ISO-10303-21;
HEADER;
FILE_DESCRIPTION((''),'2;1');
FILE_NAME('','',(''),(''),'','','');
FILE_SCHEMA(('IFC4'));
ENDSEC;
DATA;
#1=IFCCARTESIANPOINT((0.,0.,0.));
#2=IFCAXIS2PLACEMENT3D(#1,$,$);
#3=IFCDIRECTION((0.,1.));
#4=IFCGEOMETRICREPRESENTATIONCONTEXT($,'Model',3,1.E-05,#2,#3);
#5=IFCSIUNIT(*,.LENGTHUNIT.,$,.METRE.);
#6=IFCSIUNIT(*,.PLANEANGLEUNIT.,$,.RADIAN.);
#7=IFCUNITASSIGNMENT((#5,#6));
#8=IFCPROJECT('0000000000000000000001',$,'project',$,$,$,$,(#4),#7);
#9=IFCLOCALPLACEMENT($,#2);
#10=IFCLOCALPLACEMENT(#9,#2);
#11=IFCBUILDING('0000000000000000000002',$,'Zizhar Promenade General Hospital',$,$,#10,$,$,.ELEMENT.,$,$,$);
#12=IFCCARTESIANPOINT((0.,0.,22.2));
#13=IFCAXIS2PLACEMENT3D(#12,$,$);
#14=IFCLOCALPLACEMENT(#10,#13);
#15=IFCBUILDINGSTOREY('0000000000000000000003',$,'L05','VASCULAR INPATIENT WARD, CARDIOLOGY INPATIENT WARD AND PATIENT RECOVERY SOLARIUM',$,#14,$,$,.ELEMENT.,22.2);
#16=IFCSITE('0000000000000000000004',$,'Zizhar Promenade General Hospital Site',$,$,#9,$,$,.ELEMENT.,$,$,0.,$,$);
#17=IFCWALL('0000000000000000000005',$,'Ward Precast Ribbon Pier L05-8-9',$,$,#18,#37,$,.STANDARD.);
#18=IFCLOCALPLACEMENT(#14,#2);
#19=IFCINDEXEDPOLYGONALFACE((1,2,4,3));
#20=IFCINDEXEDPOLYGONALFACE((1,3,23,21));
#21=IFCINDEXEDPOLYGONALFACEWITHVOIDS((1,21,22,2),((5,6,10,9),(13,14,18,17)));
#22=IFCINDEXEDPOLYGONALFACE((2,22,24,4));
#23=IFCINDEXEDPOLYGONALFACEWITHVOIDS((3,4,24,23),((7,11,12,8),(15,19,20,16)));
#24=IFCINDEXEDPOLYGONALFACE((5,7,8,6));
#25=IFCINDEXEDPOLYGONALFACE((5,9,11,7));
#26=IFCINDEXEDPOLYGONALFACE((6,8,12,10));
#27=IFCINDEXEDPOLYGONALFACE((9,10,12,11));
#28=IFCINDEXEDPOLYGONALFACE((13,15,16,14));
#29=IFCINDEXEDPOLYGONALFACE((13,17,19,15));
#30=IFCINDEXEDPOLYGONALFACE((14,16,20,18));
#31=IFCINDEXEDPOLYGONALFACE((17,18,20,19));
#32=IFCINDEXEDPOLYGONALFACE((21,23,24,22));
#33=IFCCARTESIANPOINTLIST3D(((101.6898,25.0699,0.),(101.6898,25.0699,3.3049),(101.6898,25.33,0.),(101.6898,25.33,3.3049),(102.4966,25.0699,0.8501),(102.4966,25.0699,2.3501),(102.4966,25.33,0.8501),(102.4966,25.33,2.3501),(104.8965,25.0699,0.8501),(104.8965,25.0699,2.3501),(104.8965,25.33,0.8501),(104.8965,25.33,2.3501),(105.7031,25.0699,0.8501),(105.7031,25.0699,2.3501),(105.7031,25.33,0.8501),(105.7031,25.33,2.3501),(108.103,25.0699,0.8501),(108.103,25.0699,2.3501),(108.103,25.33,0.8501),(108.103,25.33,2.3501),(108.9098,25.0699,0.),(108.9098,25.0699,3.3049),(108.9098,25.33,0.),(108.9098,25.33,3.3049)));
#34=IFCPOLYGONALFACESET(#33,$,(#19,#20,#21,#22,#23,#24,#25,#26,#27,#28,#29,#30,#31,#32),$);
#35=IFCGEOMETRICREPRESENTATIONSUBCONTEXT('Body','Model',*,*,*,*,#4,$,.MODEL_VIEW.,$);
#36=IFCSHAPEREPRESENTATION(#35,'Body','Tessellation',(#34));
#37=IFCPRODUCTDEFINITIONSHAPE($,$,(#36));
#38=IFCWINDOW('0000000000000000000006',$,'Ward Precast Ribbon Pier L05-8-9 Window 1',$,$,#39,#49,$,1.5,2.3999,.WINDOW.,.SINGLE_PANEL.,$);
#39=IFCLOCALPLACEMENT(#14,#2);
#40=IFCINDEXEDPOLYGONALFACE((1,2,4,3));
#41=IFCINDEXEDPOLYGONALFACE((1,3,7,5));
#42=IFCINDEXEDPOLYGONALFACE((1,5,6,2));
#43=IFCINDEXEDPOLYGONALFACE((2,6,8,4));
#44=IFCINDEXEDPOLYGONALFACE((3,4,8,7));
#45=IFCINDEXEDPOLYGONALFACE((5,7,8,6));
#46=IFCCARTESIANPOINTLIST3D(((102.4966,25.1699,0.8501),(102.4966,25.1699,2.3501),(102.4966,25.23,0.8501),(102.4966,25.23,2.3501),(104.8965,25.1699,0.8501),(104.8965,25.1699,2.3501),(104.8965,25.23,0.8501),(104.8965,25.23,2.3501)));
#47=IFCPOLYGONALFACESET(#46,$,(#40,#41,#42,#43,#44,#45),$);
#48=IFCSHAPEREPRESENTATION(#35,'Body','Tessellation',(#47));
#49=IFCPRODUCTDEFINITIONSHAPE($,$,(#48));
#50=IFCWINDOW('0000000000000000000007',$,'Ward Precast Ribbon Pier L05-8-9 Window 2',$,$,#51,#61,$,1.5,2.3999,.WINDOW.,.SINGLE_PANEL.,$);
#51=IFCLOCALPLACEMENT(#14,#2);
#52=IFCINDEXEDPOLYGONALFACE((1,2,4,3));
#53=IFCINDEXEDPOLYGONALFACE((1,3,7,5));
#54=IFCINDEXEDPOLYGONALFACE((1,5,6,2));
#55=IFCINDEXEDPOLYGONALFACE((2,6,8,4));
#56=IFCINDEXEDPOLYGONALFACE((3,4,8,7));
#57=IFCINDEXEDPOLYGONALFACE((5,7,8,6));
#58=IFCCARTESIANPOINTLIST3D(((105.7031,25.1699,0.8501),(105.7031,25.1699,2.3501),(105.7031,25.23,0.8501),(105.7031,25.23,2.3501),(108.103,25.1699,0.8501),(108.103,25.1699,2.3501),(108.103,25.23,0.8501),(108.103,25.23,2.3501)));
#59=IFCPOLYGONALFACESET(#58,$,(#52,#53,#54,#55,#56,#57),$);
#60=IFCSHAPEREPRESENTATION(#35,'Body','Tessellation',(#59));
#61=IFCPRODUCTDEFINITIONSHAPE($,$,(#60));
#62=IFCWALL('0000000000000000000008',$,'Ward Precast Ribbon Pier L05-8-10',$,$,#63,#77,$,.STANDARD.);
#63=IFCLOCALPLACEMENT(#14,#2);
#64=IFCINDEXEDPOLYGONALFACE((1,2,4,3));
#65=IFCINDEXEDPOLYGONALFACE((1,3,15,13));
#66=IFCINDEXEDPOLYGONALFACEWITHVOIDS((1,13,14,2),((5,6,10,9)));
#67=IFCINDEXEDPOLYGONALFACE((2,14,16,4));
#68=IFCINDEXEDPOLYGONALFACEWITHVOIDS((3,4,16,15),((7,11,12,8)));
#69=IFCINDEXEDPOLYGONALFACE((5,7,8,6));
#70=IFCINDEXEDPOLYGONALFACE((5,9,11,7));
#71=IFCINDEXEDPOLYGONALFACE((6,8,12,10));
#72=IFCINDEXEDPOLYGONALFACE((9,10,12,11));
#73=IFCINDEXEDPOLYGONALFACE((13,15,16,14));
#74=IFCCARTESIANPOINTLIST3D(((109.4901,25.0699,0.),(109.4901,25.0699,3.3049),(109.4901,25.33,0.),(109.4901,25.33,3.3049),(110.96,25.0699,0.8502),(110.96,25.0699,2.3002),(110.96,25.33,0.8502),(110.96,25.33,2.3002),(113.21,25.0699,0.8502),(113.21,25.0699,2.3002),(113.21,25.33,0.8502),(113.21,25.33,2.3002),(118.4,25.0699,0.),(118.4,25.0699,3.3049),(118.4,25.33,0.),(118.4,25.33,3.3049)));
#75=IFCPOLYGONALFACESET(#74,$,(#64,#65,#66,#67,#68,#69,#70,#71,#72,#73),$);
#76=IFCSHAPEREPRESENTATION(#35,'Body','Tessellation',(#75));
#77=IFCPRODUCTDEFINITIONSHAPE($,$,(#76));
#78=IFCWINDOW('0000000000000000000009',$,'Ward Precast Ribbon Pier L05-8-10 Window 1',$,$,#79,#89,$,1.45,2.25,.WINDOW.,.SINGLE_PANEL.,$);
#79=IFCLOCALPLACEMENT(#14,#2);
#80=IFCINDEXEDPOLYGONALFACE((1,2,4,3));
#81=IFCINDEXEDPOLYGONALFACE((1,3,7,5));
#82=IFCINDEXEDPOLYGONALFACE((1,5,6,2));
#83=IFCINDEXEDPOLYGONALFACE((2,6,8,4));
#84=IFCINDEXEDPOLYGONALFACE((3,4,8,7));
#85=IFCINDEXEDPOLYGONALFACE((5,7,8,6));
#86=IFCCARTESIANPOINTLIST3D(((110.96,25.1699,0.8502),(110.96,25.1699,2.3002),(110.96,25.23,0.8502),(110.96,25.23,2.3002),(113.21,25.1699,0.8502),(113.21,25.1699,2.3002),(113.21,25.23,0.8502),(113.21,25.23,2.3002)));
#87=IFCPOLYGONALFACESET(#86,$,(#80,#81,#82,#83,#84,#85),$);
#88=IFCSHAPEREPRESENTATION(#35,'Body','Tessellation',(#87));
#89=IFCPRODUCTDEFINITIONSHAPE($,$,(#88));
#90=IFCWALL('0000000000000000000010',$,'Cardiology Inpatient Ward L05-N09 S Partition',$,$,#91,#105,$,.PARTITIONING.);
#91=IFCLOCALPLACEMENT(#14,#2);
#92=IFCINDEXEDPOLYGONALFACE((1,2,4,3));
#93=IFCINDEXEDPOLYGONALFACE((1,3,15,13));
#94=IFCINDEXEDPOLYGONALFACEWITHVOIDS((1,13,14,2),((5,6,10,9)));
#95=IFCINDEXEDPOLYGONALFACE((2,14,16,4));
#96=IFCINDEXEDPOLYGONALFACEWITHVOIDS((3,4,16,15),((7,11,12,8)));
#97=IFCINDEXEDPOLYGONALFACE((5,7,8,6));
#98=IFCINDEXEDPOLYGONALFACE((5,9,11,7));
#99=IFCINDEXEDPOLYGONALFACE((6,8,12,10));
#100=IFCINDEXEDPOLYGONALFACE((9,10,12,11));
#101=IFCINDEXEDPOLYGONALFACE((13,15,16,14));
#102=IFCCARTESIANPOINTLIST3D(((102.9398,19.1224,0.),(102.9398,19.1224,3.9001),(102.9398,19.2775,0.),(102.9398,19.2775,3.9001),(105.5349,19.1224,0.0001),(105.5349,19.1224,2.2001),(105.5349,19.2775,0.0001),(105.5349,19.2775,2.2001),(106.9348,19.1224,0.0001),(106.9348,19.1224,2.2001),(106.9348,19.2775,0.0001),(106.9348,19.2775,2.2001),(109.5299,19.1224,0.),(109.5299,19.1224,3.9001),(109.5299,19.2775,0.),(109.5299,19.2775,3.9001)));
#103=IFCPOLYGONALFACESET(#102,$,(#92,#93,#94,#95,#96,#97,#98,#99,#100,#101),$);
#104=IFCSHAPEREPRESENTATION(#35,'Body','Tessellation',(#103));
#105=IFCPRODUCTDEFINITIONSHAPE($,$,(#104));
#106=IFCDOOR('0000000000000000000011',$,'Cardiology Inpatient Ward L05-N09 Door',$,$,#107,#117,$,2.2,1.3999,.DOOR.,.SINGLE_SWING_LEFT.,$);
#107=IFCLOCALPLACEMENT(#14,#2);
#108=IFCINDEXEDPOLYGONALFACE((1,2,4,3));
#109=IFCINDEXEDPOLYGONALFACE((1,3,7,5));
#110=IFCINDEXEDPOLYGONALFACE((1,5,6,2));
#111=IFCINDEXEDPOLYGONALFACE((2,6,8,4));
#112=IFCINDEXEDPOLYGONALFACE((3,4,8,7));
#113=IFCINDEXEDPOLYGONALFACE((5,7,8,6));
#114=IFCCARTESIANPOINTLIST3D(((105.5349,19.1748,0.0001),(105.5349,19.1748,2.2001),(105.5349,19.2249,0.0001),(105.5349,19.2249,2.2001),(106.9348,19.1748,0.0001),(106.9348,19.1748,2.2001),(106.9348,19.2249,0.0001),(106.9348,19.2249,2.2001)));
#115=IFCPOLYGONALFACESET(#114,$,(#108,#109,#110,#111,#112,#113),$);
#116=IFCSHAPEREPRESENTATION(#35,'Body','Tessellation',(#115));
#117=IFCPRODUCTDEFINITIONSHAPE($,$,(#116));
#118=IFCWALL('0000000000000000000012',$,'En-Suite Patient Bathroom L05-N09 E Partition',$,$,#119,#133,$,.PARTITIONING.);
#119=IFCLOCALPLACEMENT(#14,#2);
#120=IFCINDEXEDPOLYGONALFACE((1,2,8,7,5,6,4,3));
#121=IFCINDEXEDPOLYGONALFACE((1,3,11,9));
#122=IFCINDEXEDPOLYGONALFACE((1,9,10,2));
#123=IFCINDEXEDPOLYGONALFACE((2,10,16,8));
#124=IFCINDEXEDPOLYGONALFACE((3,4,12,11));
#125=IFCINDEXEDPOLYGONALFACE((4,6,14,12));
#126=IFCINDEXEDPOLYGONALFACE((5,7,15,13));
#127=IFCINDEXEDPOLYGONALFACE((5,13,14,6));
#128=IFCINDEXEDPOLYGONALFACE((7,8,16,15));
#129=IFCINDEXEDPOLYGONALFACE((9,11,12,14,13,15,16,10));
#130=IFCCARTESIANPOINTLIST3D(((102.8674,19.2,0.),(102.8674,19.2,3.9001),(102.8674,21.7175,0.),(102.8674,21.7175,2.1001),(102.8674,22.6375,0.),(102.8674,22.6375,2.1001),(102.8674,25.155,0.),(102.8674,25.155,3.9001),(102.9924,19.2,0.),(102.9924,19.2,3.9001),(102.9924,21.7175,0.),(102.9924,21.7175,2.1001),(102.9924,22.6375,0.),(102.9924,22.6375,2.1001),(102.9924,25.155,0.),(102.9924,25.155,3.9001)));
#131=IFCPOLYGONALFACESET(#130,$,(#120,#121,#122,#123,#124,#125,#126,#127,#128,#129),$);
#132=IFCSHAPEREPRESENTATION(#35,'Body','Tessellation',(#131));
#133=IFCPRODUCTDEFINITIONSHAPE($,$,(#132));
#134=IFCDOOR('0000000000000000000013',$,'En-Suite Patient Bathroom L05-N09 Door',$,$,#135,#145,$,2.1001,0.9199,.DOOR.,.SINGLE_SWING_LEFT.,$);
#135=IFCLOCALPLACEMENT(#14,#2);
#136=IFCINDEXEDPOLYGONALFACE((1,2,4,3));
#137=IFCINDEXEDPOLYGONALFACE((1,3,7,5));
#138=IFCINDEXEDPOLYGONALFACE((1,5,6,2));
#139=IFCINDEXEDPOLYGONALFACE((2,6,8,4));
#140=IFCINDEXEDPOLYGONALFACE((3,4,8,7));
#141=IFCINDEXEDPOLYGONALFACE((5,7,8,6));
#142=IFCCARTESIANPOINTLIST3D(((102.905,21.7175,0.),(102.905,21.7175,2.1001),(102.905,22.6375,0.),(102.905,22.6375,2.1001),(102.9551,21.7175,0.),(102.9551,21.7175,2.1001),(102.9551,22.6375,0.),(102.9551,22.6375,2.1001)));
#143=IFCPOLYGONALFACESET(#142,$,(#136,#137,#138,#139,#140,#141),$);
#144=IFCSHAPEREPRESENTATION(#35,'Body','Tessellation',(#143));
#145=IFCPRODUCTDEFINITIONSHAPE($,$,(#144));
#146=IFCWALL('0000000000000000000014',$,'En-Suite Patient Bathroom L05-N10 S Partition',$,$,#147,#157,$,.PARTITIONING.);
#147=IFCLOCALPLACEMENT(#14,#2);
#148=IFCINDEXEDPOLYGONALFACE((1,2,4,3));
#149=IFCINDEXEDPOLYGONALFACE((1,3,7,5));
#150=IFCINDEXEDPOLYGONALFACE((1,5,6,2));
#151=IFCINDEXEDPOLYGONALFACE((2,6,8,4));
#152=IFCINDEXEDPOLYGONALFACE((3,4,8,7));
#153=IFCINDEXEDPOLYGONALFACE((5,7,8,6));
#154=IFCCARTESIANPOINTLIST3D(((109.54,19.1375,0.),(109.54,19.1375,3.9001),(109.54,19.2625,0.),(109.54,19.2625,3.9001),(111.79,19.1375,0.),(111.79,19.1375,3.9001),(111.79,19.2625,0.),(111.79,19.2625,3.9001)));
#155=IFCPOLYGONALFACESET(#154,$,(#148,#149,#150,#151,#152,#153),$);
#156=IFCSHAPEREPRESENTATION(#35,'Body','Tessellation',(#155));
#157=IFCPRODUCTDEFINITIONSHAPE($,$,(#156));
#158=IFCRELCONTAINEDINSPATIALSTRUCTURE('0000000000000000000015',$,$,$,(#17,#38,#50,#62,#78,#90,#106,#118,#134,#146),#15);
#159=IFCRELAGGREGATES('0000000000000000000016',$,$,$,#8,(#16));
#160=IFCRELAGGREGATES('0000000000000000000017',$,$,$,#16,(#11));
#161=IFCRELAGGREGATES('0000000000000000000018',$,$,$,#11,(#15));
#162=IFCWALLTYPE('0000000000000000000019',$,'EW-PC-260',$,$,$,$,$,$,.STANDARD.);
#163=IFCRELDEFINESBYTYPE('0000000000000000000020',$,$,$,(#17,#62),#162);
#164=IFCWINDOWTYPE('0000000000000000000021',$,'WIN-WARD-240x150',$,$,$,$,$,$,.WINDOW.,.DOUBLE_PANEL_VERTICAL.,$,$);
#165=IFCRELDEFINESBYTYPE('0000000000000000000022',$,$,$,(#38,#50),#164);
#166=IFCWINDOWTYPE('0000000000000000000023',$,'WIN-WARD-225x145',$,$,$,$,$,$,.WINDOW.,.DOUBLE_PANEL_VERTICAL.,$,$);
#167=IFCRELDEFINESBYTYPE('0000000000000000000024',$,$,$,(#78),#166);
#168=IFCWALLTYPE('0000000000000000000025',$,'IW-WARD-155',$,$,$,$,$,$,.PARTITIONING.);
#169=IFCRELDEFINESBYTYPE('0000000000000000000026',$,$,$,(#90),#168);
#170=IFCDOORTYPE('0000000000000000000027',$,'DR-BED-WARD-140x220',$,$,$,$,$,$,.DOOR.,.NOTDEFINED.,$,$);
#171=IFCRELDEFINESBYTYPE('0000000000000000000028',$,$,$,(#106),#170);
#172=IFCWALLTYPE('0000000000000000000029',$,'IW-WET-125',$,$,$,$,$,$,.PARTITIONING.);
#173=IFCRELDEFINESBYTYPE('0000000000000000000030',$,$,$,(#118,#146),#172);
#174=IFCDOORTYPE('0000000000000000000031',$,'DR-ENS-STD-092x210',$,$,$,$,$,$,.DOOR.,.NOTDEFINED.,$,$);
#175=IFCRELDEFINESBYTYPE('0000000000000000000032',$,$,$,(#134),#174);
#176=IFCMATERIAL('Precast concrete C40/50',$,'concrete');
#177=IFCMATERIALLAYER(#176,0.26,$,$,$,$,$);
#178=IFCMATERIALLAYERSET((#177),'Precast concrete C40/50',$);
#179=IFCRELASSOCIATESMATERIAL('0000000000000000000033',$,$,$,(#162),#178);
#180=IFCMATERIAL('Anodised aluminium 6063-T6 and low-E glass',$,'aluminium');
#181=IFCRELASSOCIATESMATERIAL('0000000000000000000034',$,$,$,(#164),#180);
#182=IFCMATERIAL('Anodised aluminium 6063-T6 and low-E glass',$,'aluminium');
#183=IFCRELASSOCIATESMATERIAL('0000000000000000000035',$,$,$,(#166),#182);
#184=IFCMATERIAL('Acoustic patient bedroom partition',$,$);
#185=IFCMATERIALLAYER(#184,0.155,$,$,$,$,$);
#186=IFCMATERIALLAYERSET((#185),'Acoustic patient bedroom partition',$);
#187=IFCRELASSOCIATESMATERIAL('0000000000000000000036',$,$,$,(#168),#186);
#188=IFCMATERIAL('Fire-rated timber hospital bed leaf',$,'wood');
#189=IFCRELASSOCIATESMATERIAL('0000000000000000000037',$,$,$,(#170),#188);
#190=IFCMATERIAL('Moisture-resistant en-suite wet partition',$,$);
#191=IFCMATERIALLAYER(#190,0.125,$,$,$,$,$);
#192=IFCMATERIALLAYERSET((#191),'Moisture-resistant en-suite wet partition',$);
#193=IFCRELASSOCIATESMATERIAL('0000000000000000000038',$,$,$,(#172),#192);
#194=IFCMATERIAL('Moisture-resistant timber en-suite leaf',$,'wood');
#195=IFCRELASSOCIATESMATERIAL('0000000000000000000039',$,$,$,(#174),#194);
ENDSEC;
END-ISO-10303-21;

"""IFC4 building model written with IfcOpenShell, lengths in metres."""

from ifc_helpers import new_model, si_unit, direction, frame, frame_2d, origin, place, context, subcontext, project, spatial, rectangle, extrude, material, layer, layer_set, type_object, element, fill, save


model = new_model("IFC4")

# Units and contexts
model_context = context("Model", 3, precision=1e-05, world=origin(), true_north=direction((0.0, 1.0)))
body_context = subcontext(model_context, "Body", "Model", "MODEL_VIEW")
ifc_project = project(units=[si_unit("LENGTHUNIT", "METRE"), si_unit("PLANEANGLEUNIT", "RADIAN")], contexts=[model_context])

# Site, building, storey
site_placement = place(None, origin())
site = spatial("IfcSite", under=ifc_project, at=site_placement, Name="Zizhar Promenade General Hospital Site", CompositionType="ELEMENT", RefElevation=0.0)
building_placement = place(site_placement, origin())
building = spatial("IfcBuilding", under=site, at=building_placement, Name="Zizhar Promenade General Hospital", CompositionType="ELEMENT")
storey_placement = place(building_placement, frame((0.0, 0.0, 22.2)))
storey = spatial("IfcBuildingStorey", under=building, at=storey_placement, Name="L05", Description="VASCULAR INPATIENT WARD, CARDIOLOGY INPATIENT WARD AND PATIENT RECOVERY SOLARIUM", CompositionType="ELEMENT", Elevation=22.2)

# Wall, openings, windows
ifc_material_1 = material(Name="Precast concrete C40/50", Category="concrete")
ifc_layer_1 = layer(ifc_material_1, 0.26)
ifc_layer_set_1 = layer_set([ifc_layer_1], Name="Precast concrete C40/50")
wall_type_1 = type_object("IfcWallType", Name="EW-PC-260", PredefinedType="STANDARD", material=ifc_layer_set_1)
wall_1_placement = place(storey_placement, frame((101.6899, 25.2, 0.0), z_axis=(0.0, 0.0, 1.0), x_axis=(1.0, 0.0, 0.0)))
wall_1 = element("IfcWall", 1, at=wall_1_placement, inside=storey, type_object=wall_type_1, Name="Ward Precast Ribbon Pier L05-8-9", PredefinedType="STANDARD", context=body_context, shape_type="SweptSolid", body=[
    extrude(rectangle(XDim=7.22, YDim=0.26, at=frame_2d((3.6099, 0.0))), origin(), (0.0, 0.0, 1.0), 3.3049),
])
opening_1_placement = place(wall_1_placement, frame((0.8066, 0.0, 0.8501)))
opening_1 = element("IfcOpeningElement", 2, at=opening_1_placement, cuts=wall_1, PredefinedType="OPENING", context=body_context, shape_type="SweptSolid", body=[
    extrude(rectangle(XDim=2.3999, YDim=1.5, at=frame_2d((1.2, 0.75))), frame((0.0, 0.1401, 0.0), z_axis=(0.0, -1.0, 0.0), x_axis=(1.0, 0.0, 0.0)), (0.0, 0.0, 1.0), 0.28),
])
opening_2_placement = place(wall_1_placement, frame((4.0132, 0.0, 0.8501)))
opening_2 = element("IfcOpeningElement", 3, at=opening_2_placement, cuts=wall_1, PredefinedType="OPENING", context=body_context, shape_type="SweptSolid", body=[
    extrude(rectangle(XDim=2.3999, YDim=1.5, at=frame_2d((1.2, 0.75))), frame((0.0, 0.1401, 0.0), z_axis=(0.0, -1.0, 0.0), x_axis=(1.0, 0.0, 0.0)), (0.0, 0.0, 1.0), 0.28),
])
ifc_material_2 = material(Name="Anodised aluminium 6063-T6 and low-E glass", Category="aluminium")
window_type_1 = type_object("IfcWindowType", Name="WIN-WARD-240x150", PartitioningType="DOUBLE_PANEL_VERTICAL", PredefinedType="WINDOW", material=ifc_material_2)
window_1_placement = place(opening_1_placement, origin())
window_1 = element("IfcWindow", 4, at=window_1_placement, inside=storey, type_object=window_type_1, Name="Ward Precast Ribbon Pier L05-8-9 Window 1", OverallHeight=1.5, OverallWidth=2.3999, PartitioningType="SINGLE_PANEL", PredefinedType="WINDOW", context=body_context, shape_type="SweptSolid", body=[
    extrude(rectangle(XDim=2.3999, YDim=1.5, at=frame_2d((1.2, 0.75))), frame((0.0, 0.03, 0.0), z_axis=(0.0, -1.0, 0.0), x_axis=(1.0, 0.0, 0.0)), (0.0, 0.0, 1.0), 0.0601),
])
fill(opening_1, window_1)
window_2_placement = place(opening_2_placement, origin())
window_2 = element("IfcWindow", 5, at=window_2_placement, inside=storey, type_object=window_type_1, Name="Ward Precast Ribbon Pier L05-8-9 Window 2", OverallHeight=1.5, OverallWidth=2.3999, PartitioningType="SINGLE_PANEL", PredefinedType="WINDOW", context=body_context, shape_type="SweptSolid", body=[
    extrude(rectangle(XDim=2.3999, YDim=1.5, at=frame_2d((1.2, 0.75))), frame((0.0, 0.03, 0.0), z_axis=(0.0, -1.0, 0.0), x_axis=(1.0, 0.0, 0.0)), (0.0, 0.0, 1.0), 0.0601),
])
fill(opening_2, window_2)

# Wall, opening, window
wall_2_placement = place(storey_placement, frame((109.49, 25.2, 0.0), z_axis=(0.0, 0.0, 1.0), x_axis=(1.0, 0.0, 0.0)))
wall_2 = element("IfcWall", 6, at=wall_2_placement, inside=storey, type_object=wall_type_1, Name="Ward Precast Ribbon Pier L05-8-10", PredefinedType="STANDARD", context=body_context, shape_type="SweptSolid", body=[
    extrude(rectangle(XDim=8.9099, YDim=0.26, at=frame_2d((4.4551, 0.0))), origin(), (0.0, 0.0, 1.0), 3.3049),
])
opening_3_placement = place(wall_2_placement, frame((1.47, 0.0, 0.8501)))
opening_3 = element("IfcOpeningElement", 7, at=opening_3_placement, cuts=wall_2, PredefinedType="OPENING", context=body_context, shape_type="SweptSolid", body=[
    extrude(rectangle(XDim=2.25, YDim=1.45, at=frame_2d((1.125, 0.7251))), frame((0.0, 0.1401, 0.0), z_axis=(0.0, -1.0, 0.0), x_axis=(1.0, 0.0, 0.0)), (0.0, 0.0, 1.0), 0.28),
])
ifc_material_3 = material(Name="Anodised aluminium 6063-T6 and low-E glass", Category="aluminium")
window_type_2 = type_object("IfcWindowType", Name="WIN-WARD-225x145", PartitioningType="DOUBLE_PANEL_VERTICAL", PredefinedType="WINDOW", material=ifc_material_3)
window_3_placement = place(opening_3_placement, origin())
window_3 = element("IfcWindow", 8, at=window_3_placement, inside=storey, type_object=window_type_2, Name="Ward Precast Ribbon Pier L05-8-10 Window 1", OverallHeight=1.45, OverallWidth=2.25, PartitioningType="SINGLE_PANEL", PredefinedType="WINDOW", context=body_context, shape_type="SweptSolid", body=[
    extrude(rectangle(XDim=2.25, YDim=1.45, at=frame_2d((1.125, 0.7251))), frame((0.0, 0.03, 0.0), z_axis=(0.0, -1.0, 0.0), x_axis=(1.0, 0.0, 0.0)), (0.0, 0.0, 1.0), 0.0601),
])
fill(opening_3, window_3)

# Walls, openings, doors
ifc_material_4 = material(Name="Acoustic patient bedroom partition")
ifc_layer_2 = layer(ifc_material_4, 0.155)
ifc_layer_set_2 = layer_set([ifc_layer_2], Name="Acoustic patient bedroom partition")
wall_type_2 = type_object("IfcWallType", Name="IW-WARD-155", PredefinedType="PARTITIONING", material=ifc_layer_set_2)
wall_3_placement = place(storey_placement, frame((102.9399, 19.2, 0.0), z_axis=(0.0, 0.0, 1.0), x_axis=(1.0, 0.0, 0.0)))
wall_3 = element("IfcWall", 9, at=wall_3_placement, inside=storey, type_object=wall_type_2, Name="Cardiology Inpatient Ward L05-N09 S Partition", PredefinedType="PARTITIONING", context=body_context, shape_type="SweptSolid", body=[
    extrude(rectangle(XDim=6.5901, YDim=0.155, at=frame_2d((3.2949, 0.0))), origin(), (0.0, 0.0, 1.0), 3.9001),
])
opening_4_placement = place(wall_3_placement, frame((2.595, 0.0, 0.0)))
opening_4 = element("IfcOpeningElement", 10, at=opening_4_placement, cuts=wall_3, PredefinedType="OPENING", context=body_context, shape_type="SweptSolid", body=[
    extrude(rectangle(XDim=1.3999, YDim=2.2, at=frame_2d((0.7, 1.1001))), frame((0.0, 0.0874, 0.0), z_axis=(0.0, -1.0, 0.0), x_axis=(1.0, 0.0, 0.0)), (0.0, 0.0, 1.0), 0.175),
])
ifc_material_5 = material(Name="Fire-rated timber hospital bed leaf", Category="wood")
door_type_1 = type_object("IfcDoorType", Name="DR-BED-WARD-140x220", OperationType="NOTDEFINED", PredefinedType="DOOR", material=ifc_material_5)
door_1_placement = place(opening_4_placement, origin())
door_1 = element("IfcDoor", 11, at=door_1_placement, inside=storey, type_object=door_type_1, Name="Cardiology Inpatient Ward L05-N09 Door", OperationType="SINGLE_SWING_LEFT", OverallHeight=2.2, OverallWidth=1.3999, PredefinedType="DOOR", context=body_context, shape_type="SweptSolid", body=[
    extrude(rectangle(XDim=1.3999, YDim=2.2, at=frame_2d((0.7, 1.1001))), frame((0.0, 0.0249, 0.0), z_axis=(0.0, -1.0, 0.0), x_axis=(1.0, 0.0, 0.0)), (0.0, 0.0, 1.0), 0.05),
])
fill(opening_4, door_1)
ifc_material_6 = material(Name="Moisture-resistant en-suite wet partition")
ifc_layer_3 = layer(ifc_material_6, 0.125)
ifc_layer_set_3 = layer_set([ifc_layer_3], Name="Moisture-resistant en-suite wet partition")
wall_type_3 = type_object("IfcWallType", Name="IW-WET-125", PredefinedType="PARTITIONING", material=ifc_layer_set_3)
wall_4_placement = place(storey_placement, frame((102.9299, 19.2, 0.0), z_axis=(0.0, 0.0, 1.0), x_axis=(0.0, 1.0, 0.0)))
wall_4 = element("IfcWall", 12, at=wall_4_placement, inside=storey, type_object=wall_type_3, Name="En-Suite Patient Bathroom L05-N09 E Partition", PredefinedType="PARTITIONING", context=body_context, shape_type="SweptSolid", body=[
    extrude(rectangle(XDim=5.9551, YDim=0.125, at=frame_2d((2.9775, 0.0))), origin(), (0.0, 0.0, 1.0), 3.9001),
])
opening_5_placement = place(wall_4_placement, frame((2.5176, 0.0, 0.0)))
opening_5 = element("IfcOpeningElement", 13, at=opening_5_placement, cuts=wall_4, PredefinedType="OPENING", context=body_context, shape_type="SweptSolid", body=[
    extrude(rectangle(XDim=0.9199, YDim=2.1001, at=frame_2d((0.46, 1.05))), frame((0.0, 0.0725, 0.0), z_axis=(0.0, -1.0, 0.0), x_axis=(1.0, 0.0, 0.0)), (0.0, 0.0, 1.0), 0.145),
])
ifc_material_7 = material(Name="Moisture-resistant timber en-suite leaf", Category="wood")
door_type_2 = type_object("IfcDoorType", Name="DR-ENS-STD-092x210", OperationType="NOTDEFINED", PredefinedType="DOOR", material=ifc_material_7)
door_2_placement = place(opening_5_placement, origin())
door_2 = element("IfcDoor", 14, at=door_2_placement, inside=storey, type_object=door_type_2, Name="En-Suite Patient Bathroom L05-N09 Door", OperationType="SINGLE_SWING_LEFT", OverallHeight=2.1001, OverallWidth=0.9199, PredefinedType="DOOR", context=body_context, shape_type="SweptSolid", body=[
    extrude(rectangle(XDim=0.9199, YDim=2.1001, at=frame_2d((0.46, 1.05))), frame((0.0, 0.0249, 0.0), z_axis=(0.0, -1.0, 0.0), x_axis=(1.0, 0.0, 0.0)), (0.0, 0.0, 1.0), 0.05),
])
fill(opening_5, door_2)

# Wall
wall_5_placement = place(storey_placement, frame((109.54, 19.2, 0.0), z_axis=(0.0, 0.0, 1.0), x_axis=(1.0, 0.0, 0.0)))
element("IfcWall", 15, at=wall_5_placement, inside=storey, type_object=wall_type_3, Name="En-Suite Patient Bathroom L05-N10 S Partition", PredefinedType="PARTITIONING", context=body_context, shape_type="SweptSolid", body=[
    extrude(rectangle(XDim=2.25, YDim=0.125, at=frame_2d((1.125, 0.0))), origin(), (0.0, 0.0, 1.0), 3.9001),
])

save(model, "model.ifc")
